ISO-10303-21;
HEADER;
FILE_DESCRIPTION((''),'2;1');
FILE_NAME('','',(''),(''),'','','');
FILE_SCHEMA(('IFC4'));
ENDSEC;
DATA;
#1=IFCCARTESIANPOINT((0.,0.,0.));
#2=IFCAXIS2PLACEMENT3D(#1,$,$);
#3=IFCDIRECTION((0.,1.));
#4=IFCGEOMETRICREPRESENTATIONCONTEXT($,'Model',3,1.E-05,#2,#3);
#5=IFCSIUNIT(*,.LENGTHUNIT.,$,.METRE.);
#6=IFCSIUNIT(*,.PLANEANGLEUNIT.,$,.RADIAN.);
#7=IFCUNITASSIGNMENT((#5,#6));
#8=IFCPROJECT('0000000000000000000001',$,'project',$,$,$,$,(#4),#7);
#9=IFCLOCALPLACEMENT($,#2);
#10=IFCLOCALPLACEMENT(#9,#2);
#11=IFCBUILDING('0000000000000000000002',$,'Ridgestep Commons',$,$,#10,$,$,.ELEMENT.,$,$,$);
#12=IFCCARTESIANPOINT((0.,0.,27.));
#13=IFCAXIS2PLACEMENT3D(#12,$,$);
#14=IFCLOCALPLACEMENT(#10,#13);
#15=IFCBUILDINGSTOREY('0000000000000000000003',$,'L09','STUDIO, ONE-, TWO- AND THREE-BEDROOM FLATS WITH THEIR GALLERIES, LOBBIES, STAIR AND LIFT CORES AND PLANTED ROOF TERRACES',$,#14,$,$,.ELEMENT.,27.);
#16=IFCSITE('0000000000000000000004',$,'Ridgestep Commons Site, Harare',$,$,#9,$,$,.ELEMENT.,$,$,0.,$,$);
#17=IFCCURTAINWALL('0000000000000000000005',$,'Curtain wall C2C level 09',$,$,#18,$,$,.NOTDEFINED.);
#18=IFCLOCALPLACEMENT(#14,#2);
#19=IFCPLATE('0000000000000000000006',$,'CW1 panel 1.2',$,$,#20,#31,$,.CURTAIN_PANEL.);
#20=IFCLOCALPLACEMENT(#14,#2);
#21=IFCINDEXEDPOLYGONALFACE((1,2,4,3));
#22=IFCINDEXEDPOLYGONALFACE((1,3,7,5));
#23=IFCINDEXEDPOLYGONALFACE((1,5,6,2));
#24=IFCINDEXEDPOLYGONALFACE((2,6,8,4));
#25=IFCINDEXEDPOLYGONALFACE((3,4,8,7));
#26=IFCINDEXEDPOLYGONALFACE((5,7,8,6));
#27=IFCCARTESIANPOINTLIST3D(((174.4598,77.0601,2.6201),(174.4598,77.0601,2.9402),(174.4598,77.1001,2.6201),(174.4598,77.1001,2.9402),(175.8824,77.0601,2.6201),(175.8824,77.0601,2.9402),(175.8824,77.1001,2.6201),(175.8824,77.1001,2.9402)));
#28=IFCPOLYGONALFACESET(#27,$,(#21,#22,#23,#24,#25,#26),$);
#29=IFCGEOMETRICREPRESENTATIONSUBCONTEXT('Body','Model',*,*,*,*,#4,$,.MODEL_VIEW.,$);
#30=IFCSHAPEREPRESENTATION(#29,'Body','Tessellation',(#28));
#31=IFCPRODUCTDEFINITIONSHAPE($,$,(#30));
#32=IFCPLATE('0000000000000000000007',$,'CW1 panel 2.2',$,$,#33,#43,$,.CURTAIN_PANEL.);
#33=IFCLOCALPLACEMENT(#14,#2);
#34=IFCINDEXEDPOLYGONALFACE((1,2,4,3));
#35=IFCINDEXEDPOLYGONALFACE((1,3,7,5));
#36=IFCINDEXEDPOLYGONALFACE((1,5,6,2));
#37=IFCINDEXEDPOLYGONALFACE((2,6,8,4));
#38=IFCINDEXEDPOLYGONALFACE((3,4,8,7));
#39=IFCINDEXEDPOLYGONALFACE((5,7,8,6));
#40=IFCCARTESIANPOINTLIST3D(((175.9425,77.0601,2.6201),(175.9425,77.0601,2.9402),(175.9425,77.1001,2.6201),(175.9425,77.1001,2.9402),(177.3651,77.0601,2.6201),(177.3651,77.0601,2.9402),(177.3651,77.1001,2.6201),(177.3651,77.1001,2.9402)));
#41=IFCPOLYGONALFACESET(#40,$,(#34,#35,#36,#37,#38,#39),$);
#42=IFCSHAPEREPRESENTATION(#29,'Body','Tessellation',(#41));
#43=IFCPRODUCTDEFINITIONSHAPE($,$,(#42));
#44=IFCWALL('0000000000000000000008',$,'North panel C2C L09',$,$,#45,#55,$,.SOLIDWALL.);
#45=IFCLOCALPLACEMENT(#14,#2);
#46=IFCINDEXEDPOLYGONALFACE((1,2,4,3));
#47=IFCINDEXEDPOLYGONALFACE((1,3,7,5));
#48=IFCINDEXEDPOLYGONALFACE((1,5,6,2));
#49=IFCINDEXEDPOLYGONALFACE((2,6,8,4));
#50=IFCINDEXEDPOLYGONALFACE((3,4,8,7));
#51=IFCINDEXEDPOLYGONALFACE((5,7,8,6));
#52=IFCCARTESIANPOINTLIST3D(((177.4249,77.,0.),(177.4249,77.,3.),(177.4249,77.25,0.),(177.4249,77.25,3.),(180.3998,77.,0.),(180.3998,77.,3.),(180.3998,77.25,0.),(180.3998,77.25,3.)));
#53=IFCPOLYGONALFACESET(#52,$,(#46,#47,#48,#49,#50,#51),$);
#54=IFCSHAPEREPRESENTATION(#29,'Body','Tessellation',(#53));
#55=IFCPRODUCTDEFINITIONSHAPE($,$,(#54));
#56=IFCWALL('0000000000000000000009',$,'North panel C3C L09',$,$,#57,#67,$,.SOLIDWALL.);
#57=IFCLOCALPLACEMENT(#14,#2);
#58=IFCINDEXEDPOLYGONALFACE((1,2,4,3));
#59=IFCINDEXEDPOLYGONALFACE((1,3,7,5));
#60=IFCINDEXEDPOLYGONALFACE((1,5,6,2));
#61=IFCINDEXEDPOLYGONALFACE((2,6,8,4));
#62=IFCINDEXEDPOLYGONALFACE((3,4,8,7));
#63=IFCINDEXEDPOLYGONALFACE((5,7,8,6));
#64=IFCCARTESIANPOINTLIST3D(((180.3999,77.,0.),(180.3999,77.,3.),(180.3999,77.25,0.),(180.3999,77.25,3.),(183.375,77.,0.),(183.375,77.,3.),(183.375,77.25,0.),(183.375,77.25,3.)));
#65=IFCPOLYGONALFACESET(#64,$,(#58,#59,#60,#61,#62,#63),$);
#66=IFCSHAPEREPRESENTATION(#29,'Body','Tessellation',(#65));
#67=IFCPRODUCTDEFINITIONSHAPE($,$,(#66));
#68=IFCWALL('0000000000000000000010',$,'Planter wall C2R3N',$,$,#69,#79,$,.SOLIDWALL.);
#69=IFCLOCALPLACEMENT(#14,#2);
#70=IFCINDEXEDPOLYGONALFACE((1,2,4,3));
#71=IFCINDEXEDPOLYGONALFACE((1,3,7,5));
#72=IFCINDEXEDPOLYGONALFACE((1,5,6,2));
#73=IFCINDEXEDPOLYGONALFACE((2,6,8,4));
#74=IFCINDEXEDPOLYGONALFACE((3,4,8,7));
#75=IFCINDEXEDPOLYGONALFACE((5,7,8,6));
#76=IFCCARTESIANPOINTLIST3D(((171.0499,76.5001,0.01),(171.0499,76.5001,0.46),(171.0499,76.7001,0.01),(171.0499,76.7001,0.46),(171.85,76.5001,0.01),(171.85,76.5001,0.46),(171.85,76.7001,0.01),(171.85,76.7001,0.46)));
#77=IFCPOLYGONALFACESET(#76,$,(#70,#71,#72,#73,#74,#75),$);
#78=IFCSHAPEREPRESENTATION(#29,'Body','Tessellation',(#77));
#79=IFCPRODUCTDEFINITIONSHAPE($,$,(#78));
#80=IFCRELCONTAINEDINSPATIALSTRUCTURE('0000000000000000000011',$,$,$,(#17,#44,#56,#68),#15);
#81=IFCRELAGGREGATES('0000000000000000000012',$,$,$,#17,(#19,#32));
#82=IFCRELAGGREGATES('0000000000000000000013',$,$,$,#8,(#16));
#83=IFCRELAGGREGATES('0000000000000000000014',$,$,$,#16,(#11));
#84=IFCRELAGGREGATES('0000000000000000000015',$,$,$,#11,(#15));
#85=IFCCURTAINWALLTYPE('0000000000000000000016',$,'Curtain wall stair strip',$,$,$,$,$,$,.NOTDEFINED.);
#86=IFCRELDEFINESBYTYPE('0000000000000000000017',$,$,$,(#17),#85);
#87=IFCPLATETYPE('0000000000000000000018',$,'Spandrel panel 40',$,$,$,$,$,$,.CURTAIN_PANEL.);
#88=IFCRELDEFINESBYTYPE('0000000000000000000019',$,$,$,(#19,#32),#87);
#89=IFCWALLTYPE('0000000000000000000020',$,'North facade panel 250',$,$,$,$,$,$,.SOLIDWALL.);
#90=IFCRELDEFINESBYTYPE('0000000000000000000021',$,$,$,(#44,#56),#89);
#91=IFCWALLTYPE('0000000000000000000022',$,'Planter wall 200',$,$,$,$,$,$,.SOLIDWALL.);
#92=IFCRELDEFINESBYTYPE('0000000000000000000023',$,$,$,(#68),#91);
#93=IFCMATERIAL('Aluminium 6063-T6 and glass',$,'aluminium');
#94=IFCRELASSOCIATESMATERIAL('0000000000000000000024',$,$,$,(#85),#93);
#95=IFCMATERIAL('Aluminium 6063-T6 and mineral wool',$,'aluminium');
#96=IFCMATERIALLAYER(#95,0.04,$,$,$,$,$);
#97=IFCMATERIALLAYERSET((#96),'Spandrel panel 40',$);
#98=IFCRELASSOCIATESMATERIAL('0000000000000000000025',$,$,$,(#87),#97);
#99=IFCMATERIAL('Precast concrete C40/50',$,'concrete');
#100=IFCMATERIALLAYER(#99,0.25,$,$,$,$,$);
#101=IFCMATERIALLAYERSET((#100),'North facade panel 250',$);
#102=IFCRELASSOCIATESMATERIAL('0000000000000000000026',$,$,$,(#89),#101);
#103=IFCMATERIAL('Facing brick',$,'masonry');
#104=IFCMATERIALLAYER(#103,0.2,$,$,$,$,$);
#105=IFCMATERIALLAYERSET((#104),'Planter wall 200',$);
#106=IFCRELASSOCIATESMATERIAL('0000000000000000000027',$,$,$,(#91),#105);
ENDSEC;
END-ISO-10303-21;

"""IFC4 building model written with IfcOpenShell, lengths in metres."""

from ifc_helpers import new_model, si_unit, direction, frame, frame_2d, origin, origin_2d, place, context, subcontext, project, spatial, rectangle, extrude, material, layer, layer_set, type_object, element, aggregate, save


model = new_model("IFC4")

# Units and contexts
model_context = context("Model", 3, precision=1e-05, world=origin(), true_north=direction((0.0, 1.0)))
body_context = subcontext(model_context, "Body", "Model", "MODEL_VIEW")
ifc_project = project(units=[si_unit("LENGTHUNIT", "METRE"), si_unit("PLANEANGLEUNIT", "RADIAN")], contexts=[model_context])

# Site, building, storey
site_placement = place(None, origin())
site = spatial("IfcSite", under=ifc_project, at=site_placement, Name="Ridgestep Commons Site, Harare", CompositionType="ELEMENT", RefElevation=0.0)
building_placement = place(site_placement, origin())
building = spatial("IfcBuilding", under=site, at=building_placement, Name="Ridgestep Commons", CompositionType="ELEMENT")
storey_placement = place(building_placement, frame((0.0, 0.0, 27.0)))
storey = spatial("IfcBuildingStorey", under=building, at=storey_placement, Name="L09", Description="STUDIO, ONE-, TWO- AND THREE-BEDROOM FLATS WITH THEIR GALLERIES, LOBBIES, STAIR AND LIFT CORES AND PLANTED ROOF TERRACES", CompositionType="ELEMENT", Elevation=27.0)

# Curtain wall, plates
ifc_material_1 = material(Name="Aluminium 6063-T6 and glass", Category="aluminium")
curtain_wall_type = type_object("IfcCurtainWallType", Name="Curtain wall stair strip", PredefinedType="NOTDEFINED", material=ifc_material_1)
curtain_wall_placement = place(storey_placement, origin())
curtain_wall = element("IfcCurtainWall", 1, at=curtain_wall_placement, inside=storey, type_object=curtain_wall_type, Name="Curtain wall C2C level 09", PredefinedType="NOTDEFINED")
ifc_material_2 = material(Name="Aluminium 6063-T6 and mineral wool", Category="aluminium")
ifc_layer_1 = layer(ifc_material_2, 0.04)
ifc_layer_set_1 = layer_set([ifc_layer_1], Name="Spandrel panel 40")
plate_type_1 = type_object("IfcPlateType", Name="Spandrel panel 40", PredefinedType="CURTAIN_PANEL", material=ifc_layer_set_1)
plate_1_placement = place(storey_placement, frame((175.1711, 77.0801, 2.6201), z_axis=(0.0, 0.0, 1.0), x_axis=(1.0, 0.0, 0.0)))
plate_1 = element("IfcPlate", 2, at=plate_1_placement, type_object=plate_type_1, Name="CW1 panel 1.2", PredefinedType="CURTAIN_PANEL", context=body_context, shape_type="SweptSolid", body=[
    extrude(rectangle(XDim=1.4226, YDim=0.04, at=origin_2d()), origin(), (0.0, 0.0, 1.0), 0.3201),
])
plate_2_placement = place(storey_placement, frame((176.6538, 77.0801, 2.6201), z_axis=(0.0, 0.0, 1.0), x_axis=(1.0, 0.0, 0.0)))
plate_2 = element("IfcPlate", 3, at=plate_2_placement, type_object=plate_type_1, Name="CW1 panel 2.2", PredefinedType="CURTAIN_PANEL", context=body_context, shape_type="SweptSolid", body=[
    extrude(rectangle(XDim=1.4226, YDim=0.04, at=origin_2d()), origin(), (0.0, 0.0, 1.0), 0.3201),
])
aggregate(curtain_wall, [plate_1, plate_2])

# Walls
ifc_material_3 = material(Name="Precast concrete C40/50", Category="concrete")
ifc_layer_2 = layer(ifc_material_3, 0.25)
ifc_layer_set_2 = layer_set([ifc_layer_2], Name="North facade panel 250")
wall_type_1 = type_object("IfcWallType", Name="North facade panel 250", PredefinedType="SOLIDWALL", material=ifc_layer_set_2)
wall_1_placement = place(storey_placement, frame((177.425, 77.125, 0.0), z_axis=(0.0, 0.0, 1.0), x_axis=(1.0, 0.0, 0.0)))
element("IfcWall", 4, at=wall_1_placement, inside=storey, type_object=wall_type_1, Name="North panel C2C L09", PredefinedType="SOLIDWALL", context=body_context, shape_type="SweptSolid", body=[
    extrude(rectangle(XDim=2.9749, YDim=0.25, at=frame_2d((1.4873, 0.0))), origin(), (0.0, 0.0, 1.0), 3.0),
])
wall_2_placement = place(storey_placement, frame((180.3999, 77.125, 0.0), z_axis=(0.0, 0.0, 1.0), x_axis=(1.0, 0.0, 0.0)))
element("IfcWall", 5, at=wall_2_placement, inside=storey, type_object=wall_type_1, Name="North panel C3C L09", PredefinedType="SOLIDWALL", context=body_context, shape_type="SweptSolid", body=[
    extrude(rectangle(XDim=2.9751, YDim=0.25, at=frame_2d((1.4875, 0.0))), origin(), (0.0, 0.0, 1.0), 3.0),
])
ifc_material_4 = material(Name="Facing brick", Category="masonry")
ifc_layer_3 = layer(ifc_material_4, 0.2)
ifc_layer_set_3 = layer_set([ifc_layer_3], Name="Planter wall 200")
wall_type_2 = type_object("IfcWallType", Name="Planter wall 200", PredefinedType="SOLIDWALL", material=ifc_layer_set_3)
wall_3_placement = place(storey_placement, frame((171.05, 76.6001, 0.01), z_axis=(0.0, 0.0, 1.0), x_axis=(1.0, 0.0, 0.0)))
element("IfcWall", 6, at=wall_3_placement, inside=storey, type_object=wall_type_2, Name="Planter wall C2R3N", PredefinedType="SOLIDWALL", context=body_context, shape_type="SweptSolid", body=[
    extrude(rectangle(XDim=0.8, YDim=0.2, at=frame_2d((0.3999, 0.0))), origin(), (0.0, 0.0, 1.0), 0.45),
])

save(model, "model.ifc")
